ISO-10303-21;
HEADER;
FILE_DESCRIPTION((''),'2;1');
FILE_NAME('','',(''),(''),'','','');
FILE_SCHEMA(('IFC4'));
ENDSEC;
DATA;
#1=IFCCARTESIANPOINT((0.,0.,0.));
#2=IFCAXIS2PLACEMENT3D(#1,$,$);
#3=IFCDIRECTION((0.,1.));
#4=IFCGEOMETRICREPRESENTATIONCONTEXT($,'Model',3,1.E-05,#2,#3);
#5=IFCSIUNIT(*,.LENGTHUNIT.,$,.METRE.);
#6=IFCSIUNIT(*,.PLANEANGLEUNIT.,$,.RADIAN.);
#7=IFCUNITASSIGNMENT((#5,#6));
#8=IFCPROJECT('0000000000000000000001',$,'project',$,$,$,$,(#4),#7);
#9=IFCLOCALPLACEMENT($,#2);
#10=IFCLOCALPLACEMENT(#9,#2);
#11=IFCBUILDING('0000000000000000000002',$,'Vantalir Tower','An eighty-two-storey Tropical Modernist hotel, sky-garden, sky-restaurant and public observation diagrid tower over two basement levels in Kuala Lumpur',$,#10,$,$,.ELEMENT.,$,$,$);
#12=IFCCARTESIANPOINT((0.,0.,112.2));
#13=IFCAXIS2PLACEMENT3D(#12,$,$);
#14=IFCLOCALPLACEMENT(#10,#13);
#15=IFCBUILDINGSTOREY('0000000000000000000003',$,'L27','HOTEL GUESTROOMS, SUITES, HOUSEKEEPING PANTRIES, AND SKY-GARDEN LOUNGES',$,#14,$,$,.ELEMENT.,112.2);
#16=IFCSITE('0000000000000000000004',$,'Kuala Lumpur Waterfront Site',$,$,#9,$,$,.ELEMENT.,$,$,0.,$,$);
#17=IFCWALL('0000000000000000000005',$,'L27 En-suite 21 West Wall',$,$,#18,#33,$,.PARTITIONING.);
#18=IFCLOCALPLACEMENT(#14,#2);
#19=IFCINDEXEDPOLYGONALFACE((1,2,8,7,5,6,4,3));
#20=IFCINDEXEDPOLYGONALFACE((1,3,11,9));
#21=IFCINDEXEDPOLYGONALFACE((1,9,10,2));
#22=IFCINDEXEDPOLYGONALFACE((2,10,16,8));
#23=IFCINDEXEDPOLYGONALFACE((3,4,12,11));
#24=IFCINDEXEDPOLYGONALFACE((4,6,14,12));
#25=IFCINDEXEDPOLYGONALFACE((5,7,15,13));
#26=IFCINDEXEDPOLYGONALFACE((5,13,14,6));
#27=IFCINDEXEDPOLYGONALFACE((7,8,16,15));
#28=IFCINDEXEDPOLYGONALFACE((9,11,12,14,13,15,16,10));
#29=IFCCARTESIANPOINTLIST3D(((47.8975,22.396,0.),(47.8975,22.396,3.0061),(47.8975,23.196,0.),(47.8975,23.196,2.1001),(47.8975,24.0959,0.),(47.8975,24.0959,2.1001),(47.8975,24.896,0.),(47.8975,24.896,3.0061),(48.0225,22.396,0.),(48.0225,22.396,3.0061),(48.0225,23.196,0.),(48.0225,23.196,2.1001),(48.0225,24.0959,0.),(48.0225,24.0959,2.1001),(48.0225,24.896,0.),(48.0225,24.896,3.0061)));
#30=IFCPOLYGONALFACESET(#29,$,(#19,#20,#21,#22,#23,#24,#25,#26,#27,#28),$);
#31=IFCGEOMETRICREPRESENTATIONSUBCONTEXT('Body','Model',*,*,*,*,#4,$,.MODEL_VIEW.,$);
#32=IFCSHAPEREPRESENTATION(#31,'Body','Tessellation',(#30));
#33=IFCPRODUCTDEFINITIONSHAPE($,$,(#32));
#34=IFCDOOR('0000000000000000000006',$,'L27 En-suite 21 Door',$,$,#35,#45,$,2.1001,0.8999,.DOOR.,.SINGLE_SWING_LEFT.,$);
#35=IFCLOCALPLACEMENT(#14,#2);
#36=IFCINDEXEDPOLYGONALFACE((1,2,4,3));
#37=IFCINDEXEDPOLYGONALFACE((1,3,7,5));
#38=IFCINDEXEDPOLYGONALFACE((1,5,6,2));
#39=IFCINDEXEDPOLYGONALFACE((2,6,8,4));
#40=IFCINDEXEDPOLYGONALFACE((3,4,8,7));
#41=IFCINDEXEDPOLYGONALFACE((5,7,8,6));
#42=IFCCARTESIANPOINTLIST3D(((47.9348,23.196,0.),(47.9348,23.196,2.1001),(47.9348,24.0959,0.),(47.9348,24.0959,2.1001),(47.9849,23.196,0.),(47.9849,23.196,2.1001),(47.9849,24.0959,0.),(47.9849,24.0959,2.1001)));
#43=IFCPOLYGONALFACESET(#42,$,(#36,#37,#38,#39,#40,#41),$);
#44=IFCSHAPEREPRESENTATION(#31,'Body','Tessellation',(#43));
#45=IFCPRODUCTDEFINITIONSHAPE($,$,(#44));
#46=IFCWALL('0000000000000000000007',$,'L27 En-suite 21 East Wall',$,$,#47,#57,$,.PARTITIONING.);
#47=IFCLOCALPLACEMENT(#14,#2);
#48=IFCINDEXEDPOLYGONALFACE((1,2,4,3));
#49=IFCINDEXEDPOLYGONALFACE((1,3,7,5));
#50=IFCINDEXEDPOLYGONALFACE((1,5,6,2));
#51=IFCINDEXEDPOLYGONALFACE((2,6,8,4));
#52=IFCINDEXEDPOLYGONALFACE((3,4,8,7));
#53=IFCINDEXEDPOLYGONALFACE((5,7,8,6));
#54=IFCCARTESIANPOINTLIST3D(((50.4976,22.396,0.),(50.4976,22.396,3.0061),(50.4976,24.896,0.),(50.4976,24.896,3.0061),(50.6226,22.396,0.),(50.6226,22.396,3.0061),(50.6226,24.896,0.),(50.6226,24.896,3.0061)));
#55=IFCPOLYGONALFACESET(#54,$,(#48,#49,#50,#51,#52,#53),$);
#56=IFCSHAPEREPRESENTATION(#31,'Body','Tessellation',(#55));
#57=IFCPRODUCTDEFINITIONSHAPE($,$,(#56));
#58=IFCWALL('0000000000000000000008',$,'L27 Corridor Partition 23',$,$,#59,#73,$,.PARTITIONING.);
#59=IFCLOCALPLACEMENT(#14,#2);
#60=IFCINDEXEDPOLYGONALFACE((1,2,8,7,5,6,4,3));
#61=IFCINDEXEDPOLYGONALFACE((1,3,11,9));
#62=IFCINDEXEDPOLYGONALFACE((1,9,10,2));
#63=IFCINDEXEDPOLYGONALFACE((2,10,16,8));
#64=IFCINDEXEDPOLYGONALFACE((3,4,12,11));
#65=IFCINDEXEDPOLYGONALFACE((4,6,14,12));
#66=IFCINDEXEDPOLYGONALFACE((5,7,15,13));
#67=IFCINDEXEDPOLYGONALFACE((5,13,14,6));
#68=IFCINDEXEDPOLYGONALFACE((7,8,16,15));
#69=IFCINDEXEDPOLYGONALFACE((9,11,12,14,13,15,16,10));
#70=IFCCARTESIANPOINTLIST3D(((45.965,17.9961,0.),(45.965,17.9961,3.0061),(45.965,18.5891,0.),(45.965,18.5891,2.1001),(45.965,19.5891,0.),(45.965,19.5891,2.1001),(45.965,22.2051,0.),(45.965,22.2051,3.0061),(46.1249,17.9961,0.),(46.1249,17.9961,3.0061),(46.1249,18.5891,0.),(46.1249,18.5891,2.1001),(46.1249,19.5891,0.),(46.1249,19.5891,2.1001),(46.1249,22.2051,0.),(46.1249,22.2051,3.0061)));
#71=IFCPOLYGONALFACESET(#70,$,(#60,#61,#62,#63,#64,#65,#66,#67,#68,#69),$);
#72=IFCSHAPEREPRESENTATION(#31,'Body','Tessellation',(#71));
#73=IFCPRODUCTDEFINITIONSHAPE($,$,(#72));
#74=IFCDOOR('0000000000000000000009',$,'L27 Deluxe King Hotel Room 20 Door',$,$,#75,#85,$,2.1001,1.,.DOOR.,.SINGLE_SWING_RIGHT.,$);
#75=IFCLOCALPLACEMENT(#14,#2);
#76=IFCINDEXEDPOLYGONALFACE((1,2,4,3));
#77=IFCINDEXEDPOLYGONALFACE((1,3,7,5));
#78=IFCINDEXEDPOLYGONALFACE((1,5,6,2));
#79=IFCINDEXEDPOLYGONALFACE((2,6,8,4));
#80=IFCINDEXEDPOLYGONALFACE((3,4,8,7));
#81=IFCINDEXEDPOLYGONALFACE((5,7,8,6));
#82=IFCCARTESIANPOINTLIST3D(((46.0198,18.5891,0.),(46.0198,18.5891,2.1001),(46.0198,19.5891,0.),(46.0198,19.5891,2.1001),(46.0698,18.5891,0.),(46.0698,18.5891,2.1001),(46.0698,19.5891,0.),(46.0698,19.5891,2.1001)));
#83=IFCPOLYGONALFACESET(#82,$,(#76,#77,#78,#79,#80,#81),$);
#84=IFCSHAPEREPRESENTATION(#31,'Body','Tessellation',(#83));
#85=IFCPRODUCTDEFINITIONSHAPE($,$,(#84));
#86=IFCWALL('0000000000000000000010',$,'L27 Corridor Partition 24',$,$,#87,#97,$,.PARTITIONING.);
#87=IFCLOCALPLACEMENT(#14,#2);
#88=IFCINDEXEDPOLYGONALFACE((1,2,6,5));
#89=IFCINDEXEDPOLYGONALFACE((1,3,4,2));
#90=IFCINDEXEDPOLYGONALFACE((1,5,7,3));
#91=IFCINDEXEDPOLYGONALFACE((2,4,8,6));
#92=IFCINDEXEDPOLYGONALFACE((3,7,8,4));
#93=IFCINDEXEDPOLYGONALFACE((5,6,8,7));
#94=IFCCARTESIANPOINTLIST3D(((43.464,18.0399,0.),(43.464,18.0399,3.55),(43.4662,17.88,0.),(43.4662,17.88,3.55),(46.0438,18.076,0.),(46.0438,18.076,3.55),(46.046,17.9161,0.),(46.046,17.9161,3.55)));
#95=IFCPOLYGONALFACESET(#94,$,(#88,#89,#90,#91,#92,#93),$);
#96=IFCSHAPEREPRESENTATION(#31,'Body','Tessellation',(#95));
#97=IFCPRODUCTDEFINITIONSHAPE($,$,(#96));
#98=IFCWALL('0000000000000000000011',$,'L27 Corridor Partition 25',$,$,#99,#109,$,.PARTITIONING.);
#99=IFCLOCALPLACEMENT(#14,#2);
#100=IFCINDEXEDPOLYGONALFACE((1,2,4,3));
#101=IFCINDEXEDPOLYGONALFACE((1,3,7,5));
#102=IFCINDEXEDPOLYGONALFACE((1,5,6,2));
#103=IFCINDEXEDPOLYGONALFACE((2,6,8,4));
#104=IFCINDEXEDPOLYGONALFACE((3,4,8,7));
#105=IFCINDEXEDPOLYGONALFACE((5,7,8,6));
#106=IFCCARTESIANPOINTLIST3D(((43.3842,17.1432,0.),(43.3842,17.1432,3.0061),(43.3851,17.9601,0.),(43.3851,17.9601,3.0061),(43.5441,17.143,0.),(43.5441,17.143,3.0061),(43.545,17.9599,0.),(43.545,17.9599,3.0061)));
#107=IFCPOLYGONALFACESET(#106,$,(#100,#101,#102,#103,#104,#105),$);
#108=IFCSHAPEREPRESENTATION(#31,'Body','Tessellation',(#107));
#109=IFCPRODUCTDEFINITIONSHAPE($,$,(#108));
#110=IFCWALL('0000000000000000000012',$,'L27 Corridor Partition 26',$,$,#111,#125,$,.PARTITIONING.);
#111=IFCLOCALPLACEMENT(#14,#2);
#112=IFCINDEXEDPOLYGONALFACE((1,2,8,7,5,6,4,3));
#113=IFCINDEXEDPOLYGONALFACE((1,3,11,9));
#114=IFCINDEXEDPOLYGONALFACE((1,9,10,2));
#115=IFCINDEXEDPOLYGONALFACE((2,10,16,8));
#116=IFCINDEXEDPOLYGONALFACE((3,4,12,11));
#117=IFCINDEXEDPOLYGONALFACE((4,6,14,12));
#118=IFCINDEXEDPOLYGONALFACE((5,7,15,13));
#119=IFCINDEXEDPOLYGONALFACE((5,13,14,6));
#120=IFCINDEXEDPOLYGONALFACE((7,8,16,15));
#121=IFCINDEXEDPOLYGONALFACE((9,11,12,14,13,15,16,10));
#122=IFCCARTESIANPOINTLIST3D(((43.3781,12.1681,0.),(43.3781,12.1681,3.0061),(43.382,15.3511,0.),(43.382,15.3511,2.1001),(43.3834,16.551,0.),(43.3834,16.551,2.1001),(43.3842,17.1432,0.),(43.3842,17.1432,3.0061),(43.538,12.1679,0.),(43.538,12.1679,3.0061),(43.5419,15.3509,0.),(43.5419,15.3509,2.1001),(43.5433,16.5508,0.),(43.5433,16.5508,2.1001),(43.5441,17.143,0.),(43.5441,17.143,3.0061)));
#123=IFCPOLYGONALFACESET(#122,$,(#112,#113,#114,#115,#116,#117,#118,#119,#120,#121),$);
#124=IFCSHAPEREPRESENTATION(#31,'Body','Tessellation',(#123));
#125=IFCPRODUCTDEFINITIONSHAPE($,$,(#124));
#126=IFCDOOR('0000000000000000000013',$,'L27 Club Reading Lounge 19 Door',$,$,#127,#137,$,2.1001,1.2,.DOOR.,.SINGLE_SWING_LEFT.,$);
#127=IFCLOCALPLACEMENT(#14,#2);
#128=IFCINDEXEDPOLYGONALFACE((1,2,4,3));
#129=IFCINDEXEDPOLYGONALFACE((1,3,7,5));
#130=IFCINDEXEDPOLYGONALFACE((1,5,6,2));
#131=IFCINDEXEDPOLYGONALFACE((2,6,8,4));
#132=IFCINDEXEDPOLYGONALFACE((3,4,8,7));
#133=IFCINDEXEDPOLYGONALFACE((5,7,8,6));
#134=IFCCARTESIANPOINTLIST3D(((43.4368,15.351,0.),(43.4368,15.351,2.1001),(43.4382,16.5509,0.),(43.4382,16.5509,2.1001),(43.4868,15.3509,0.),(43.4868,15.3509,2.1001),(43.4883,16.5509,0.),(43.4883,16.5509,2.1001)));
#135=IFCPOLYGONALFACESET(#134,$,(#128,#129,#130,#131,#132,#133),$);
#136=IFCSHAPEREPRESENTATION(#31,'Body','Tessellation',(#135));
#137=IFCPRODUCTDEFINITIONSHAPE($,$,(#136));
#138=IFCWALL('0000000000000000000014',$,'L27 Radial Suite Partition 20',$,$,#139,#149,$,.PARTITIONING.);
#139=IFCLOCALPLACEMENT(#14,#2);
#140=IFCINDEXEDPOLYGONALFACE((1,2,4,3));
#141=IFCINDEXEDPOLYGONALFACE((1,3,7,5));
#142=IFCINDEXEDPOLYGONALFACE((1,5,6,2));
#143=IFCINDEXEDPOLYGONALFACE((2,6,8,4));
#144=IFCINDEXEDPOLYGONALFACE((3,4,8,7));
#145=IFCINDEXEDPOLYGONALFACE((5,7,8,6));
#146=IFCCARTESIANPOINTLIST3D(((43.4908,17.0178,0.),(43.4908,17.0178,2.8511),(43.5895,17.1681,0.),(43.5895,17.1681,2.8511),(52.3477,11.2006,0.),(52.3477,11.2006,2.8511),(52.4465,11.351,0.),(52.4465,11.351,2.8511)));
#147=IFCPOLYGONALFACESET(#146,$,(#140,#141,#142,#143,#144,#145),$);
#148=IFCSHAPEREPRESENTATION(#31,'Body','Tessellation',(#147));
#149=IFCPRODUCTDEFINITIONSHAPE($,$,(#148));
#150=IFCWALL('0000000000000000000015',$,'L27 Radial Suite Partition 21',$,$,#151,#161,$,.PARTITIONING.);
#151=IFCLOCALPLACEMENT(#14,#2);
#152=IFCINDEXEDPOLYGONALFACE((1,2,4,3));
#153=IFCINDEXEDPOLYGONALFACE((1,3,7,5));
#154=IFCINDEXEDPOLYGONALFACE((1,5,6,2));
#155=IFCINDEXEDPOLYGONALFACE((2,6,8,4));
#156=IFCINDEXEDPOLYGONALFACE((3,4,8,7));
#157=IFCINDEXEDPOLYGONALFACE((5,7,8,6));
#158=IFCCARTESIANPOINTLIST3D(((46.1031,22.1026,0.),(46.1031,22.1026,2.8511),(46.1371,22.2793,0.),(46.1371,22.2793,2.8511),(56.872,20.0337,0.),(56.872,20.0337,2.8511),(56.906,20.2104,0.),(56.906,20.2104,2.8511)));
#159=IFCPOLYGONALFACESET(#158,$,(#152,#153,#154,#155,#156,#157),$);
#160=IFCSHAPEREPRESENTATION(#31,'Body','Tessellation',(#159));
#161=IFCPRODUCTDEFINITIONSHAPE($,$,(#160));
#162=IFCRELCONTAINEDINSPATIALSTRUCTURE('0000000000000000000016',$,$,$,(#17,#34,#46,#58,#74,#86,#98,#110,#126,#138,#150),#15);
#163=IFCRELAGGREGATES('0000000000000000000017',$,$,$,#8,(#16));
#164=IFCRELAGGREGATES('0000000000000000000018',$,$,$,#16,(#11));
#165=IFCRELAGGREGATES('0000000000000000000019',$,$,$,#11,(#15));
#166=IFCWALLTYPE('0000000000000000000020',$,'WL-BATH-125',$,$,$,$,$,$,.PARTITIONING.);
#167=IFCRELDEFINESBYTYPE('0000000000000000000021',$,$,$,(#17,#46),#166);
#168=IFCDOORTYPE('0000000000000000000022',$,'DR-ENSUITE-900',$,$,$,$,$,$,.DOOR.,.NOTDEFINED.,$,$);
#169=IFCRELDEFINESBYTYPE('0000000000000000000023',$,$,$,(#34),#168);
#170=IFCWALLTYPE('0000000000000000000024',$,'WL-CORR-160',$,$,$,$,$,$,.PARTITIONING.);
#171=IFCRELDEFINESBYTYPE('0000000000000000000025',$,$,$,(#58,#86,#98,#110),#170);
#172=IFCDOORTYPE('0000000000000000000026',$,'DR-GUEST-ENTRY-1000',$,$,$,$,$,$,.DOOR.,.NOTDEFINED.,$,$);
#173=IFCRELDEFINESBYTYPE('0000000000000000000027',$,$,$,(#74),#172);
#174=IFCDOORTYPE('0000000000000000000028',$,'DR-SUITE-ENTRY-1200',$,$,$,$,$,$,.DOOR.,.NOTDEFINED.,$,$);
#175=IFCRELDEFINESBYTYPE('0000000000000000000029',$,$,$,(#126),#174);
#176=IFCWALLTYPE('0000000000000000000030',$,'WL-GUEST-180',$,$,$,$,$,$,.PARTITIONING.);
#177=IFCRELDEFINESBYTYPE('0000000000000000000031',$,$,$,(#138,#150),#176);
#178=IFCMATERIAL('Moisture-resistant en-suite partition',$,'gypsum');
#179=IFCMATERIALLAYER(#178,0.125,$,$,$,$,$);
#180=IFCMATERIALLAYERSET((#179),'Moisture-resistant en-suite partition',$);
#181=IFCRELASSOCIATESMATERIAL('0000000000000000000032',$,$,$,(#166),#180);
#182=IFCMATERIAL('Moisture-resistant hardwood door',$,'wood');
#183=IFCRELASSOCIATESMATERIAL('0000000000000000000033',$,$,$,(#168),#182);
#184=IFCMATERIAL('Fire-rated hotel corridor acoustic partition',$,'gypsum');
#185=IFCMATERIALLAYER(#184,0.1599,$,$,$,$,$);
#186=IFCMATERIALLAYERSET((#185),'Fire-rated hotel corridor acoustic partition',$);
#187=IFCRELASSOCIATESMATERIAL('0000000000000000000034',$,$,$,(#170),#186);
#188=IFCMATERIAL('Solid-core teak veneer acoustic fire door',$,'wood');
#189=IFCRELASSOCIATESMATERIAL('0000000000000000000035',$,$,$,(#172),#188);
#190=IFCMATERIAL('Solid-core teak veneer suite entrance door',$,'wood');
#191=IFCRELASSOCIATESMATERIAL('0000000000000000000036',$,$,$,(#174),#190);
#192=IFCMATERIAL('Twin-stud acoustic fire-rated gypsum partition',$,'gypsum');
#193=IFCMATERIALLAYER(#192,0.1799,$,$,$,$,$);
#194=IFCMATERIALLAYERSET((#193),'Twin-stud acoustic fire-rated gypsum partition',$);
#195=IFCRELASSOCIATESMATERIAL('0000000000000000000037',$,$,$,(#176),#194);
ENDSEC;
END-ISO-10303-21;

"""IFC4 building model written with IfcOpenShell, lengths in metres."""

from ifc_helpers import new_model, si_unit, direction, frame, frame_2d, origin, place, context, subcontext, project, spatial, rectangle, extrude, material, layer, layer_set, type_object, element, fill, save


model = new_model("IFC4")

# Units and contexts
model_context = context("Model", 3, precision=1e-05, world=origin(), true_north=direction((0.0, 1.0)))
body_context = subcontext(model_context, "Body", "Model", "MODEL_VIEW")
ifc_project = project(units=[si_unit("LENGTHUNIT", "METRE"), si_unit("PLANEANGLEUNIT", "RADIAN")], contexts=[model_context])

# Site, building, storey
site_placement = place(None, origin())
site = spatial("IfcSite", under=ifc_project, at=site_placement, Name="Kuala Lumpur Waterfront Site", CompositionType="ELEMENT", RefElevation=0.0)
building_placement = place(site_placement, origin())
building = spatial("IfcBuilding", under=site, at=building_placement, Name="Vantalir Tower", Description="An eighty-two-storey Tropical Modernist hotel, sky-garden, sky-restaurant and public observation diagrid tower over two basement levels in Kuala Lumpur", CompositionType="ELEMENT")
storey_placement = place(building_placement, frame((0.0, 0.0, 112.2)))
storey = spatial("IfcBuildingStorey", under=building, at=storey_placement, Name="L27", Description="HOTEL GUESTROOMS, SUITES, HOUSEKEEPING PANTRIES, AND SKY-GARDEN LOUNGES", CompositionType="ELEMENT", Elevation=112.2)

# Shared definitions
ifc_material_1 = material(Name="Moisture-resistant en-suite partition", Category="gypsum")
ifc_layer_1 = layer(ifc_material_1, 0.125)
ifc_layer_set_1 = layer_set([ifc_layer_1], Name="Moisture-resistant en-suite partition")
wall_type_1 = type_object("IfcWallType", Name="WL-BATH-125", PredefinedType="PARTITIONING", material=ifc_layer_set_1)

# Shared definitions
ifc_material_2 = material(Name="Moisture-resistant hardwood door", Category="wood")
door_type_1 = type_object("IfcDoorType", Name="DR-ENSUITE-900", OperationType="NOTDEFINED", PredefinedType="DOOR", material=ifc_material_2)

# Wall, opening, door
wall_1_placement = place(storey_placement, frame((47.96, 22.396, 0.0), z_axis=(0.0, 0.0, 1.0), x_axis=(0.0, 1.0, 0.0)))
wall_1 = element("IfcWall", 1, at=wall_1_placement, inside=storey, type_object=wall_type_1, Name="L27 En-suite 21 West Wall", PredefinedType="PARTITIONING", context=body_context, shape_type="SweptSolid", body=[
    extrude(rectangle(XDim=2.5, YDim=0.125, at=frame_2d((1.25, 0.0))), origin(), (0.0, 0.0, 1.0), 3.0061),
])
opening_1_placement = place(wall_1_placement, frame((0.8, 0.0, 0.0)))
opening_1 = element("IfcOpeningElement", 2, at=opening_1_placement, cuts=wall_1, PredefinedType="OPENING", context=body_context, shape_type="SweptSolid", body=[
    extrude(rectangle(XDim=0.8999, YDim=2.1001, at=frame_2d((0.45, 1.05))), frame((0.0, 0.0725, 0.0), z_axis=(0.0, -1.0, 0.0), x_axis=(1.0, 0.0, 0.0)), (0.0, 0.0, 1.0), 0.145),
])
door_1_placement = place(opening_1_placement, frame((0.8999, 0.0, 0.0), z_axis=(0.0, 0.0, 1.0), x_axis=(-1.0, 0.0, 0.0)))
door_1 = element("IfcDoor", 3, at=door_1_placement, inside=storey, type_object=door_type_1, Name="L27 En-suite 21 Door", OperationType="SINGLE_SWING_LEFT", OverallHeight=2.1001, OverallWidth=0.8999, PredefinedType="DOOR", context=body_context, shape_type="SweptSolid", body=[
    extrude(rectangle(XDim=0.8999, YDim=2.1001, at=frame_2d((0.45, 1.05))), frame((0.0, 0.0249, 0.0), z_axis=(0.0, -1.0, 0.0), x_axis=(1.0, 0.0, 0.0)), (0.0, 0.0, 1.0), 0.05),
])
fill(opening_1, door_1)

# Wall
wall_2_placement = place(storey_placement, frame((50.5601, 22.396, 0.0), z_axis=(0.0, 0.0, 1.0), x_axis=(0.0, 1.0, 0.0)))
element("IfcWall", 4, at=wall_2_placement, inside=storey, type_object=wall_type_1, Name="L27 En-suite 21 East Wall", PredefinedType="PARTITIONING", context=body_context, shape_type="SweptSolid", body=[
    extrude(rectangle(XDim=2.5, YDim=0.125, at=frame_2d((1.25, 0.0))), origin(), (0.0, 0.0, 1.0), 3.0061),
])

# Wall, opening, door
ifc_material_3 = material(Name="Fire-rated hotel corridor acoustic partition", Category="gypsum")
ifc_layer_2 = layer(ifc_material_3, 0.1599)
ifc_layer_set_2 = layer_set([ifc_layer_2], Name="Fire-rated hotel corridor acoustic partition")
wall_type_2 = type_object("IfcWallType", Name="WL-CORR-160", PredefinedType="PARTITIONING", material=ifc_layer_set_2)
wall_3_placement = place(storey_placement, frame((46.0449, 22.2051, 0.0), z_axis=(0.0, 0.0, 1.0), x_axis=(0.0, -1.0, 0.0)))
wall_3 = element("IfcWall", 5, at=wall_3_placement, inside=storey, type_object=wall_type_2, Name="L27 Corridor Partition 23", PredefinedType="PARTITIONING", context=body_context, shape_type="SweptSolid", body=[
    extrude(rectangle(XDim=4.209, YDim=0.1599, at=frame_2d((2.1045, 0.0))), origin(), (0.0, 0.0, 1.0), 3.0061),
])
opening_2_placement = place(wall_3_placement, frame((2.616, 0.0, 0.0)))
opening_2 = element("IfcOpeningElement", 6, at=opening_2_placement, cuts=wall_3, PredefinedType="OPENING", context=body_context, shape_type="SweptSolid", body=[
    extrude(rectangle(XDim=1.0, YDim=2.1001, at=frame_2d((0.5, 1.05))), frame((0.0, 0.0898, 0.0), z_axis=(0.0, -1.0, 0.0), x_axis=(1.0, 0.0, 0.0)), (0.0, 0.0, 1.0), 0.1799),
])
ifc_material_4 = material(Name="Solid-core teak veneer acoustic fire door", Category="wood")
door_type_2 = type_object("IfcDoorType", Name="DR-GUEST-ENTRY-1000", OperationType="NOTDEFINED", PredefinedType="DOOR", material=ifc_material_4)
door_2_placement = place(opening_2_placement, origin())
door_2 = element("IfcDoor", 7, at=door_2_placement, inside=storey, type_object=door_type_2, Name="L27 Deluxe King Hotel Room 20 Door", OperationType="SINGLE_SWING_RIGHT", OverallHeight=2.1001, OverallWidth=1.0, PredefinedType="DOOR", context=body_context, shape_type="SweptSolid", body=[
    extrude(rectangle(XDim=1.0, YDim=2.1001, at=frame_2d((0.5, 1.05))), frame((0.0, 0.0249, 0.0), z_axis=(0.0, -1.0, 0.0), x_axis=(1.0, 0.0, 0.0)), (0.0, 0.0, 1.0), 0.05),
])
fill(opening_2, door_2)

# Walls
wall_4_placement = place(storey_placement, frame((46.0449, 17.9961, 0.0), z_axis=(0.0, 0.0, 1.0), x_axis=(-0.999902, -0.014004, 0.0)))
element("IfcWall", 8, at=wall_4_placement, inside=storey, type_object=wall_type_2, Name="L27 Corridor Partition 24", PredefinedType="PARTITIONING", context=body_context, shape_type="SweptSolid", body=[
    extrude(rectangle(XDim=2.5801, YDim=0.1599, at=frame_2d((1.29, 0.0))), origin(), (0.0, 0.0, 1.0), 3.55),
])
wall_5_placement = place(storey_placement, frame((43.4651, 17.96, 0.0), z_axis=(0.0, 0.0, 1.0), x_axis=(-0.001195, -0.999999, 0.0)))
element("IfcWall", 9, at=wall_5_placement, inside=storey, type_object=wall_type_2, Name="L27 Corridor Partition 25", PredefinedType="PARTITIONING", context=body_context, shape_type="SweptSolid", body=[
    extrude(rectangle(XDim=0.8169, YDim=0.1599, at=frame_2d((0.4084, 0.0))), origin(), (0.0, 0.0, 1.0), 3.0061),
])

# Wall, opening, door
wall_6_placement = place(storey_placement, frame((43.4641, 17.1431, 0.0), z_axis=(0.0, 0.0, 1.0), x_axis=(-0.001227, -0.999999, 0.0)))
wall_6 = element("IfcWall", 10, at=wall_6_placement, inside=storey, type_object=wall_type_2, Name="L27 Corridor Partition 26", PredefinedType="PARTITIONING", context=body_context, shape_type="SweptSolid", body=[
    extrude(rectangle(XDim=4.9751, YDim=0.1599, at=frame_2d((2.4875, 0.0))), origin(), (0.0, 0.0, 1.0), 3.0061),
])
opening_3_placement = place(wall_6_placement, frame((0.592, 0.0, 0.0)))
opening_3 = element("IfcOpeningElement", 11, at=opening_3_placement, cuts=wall_6, PredefinedType="OPENING", context=body_context, shape_type="SweptSolid", body=[
    extrude(rectangle(XDim=1.2, YDim=2.1001, at=frame_2d((0.6001, 1.05))), frame((0.0, 0.0898, 0.0), z_axis=(0.0, -1.0, 0.0), x_axis=(1.0, 0.0, 0.0)), (0.0, 0.0, 1.0), 0.1799),
])
ifc_material_5 = material(Name="Solid-core teak veneer suite entrance door", Category="wood")
door_type_3 = type_object("IfcDoorType", Name="DR-SUITE-ENTRY-1200", OperationType="NOTDEFINED", PredefinedType="DOOR", material=ifc_material_5)
door_3_placement = place(opening_3_placement, origin())
door_3 = element("IfcDoor", 12, at=door_3_placement, inside=storey, type_object=door_type_3, Name="L27 Club Reading Lounge 19 Door", OperationType="SINGLE_SWING_LEFT", OverallHeight=2.1001, OverallWidth=1.2, PredefinedType="DOOR", context=body_context, shape_type="SweptSolid", body=[
    extrude(rectangle(XDim=1.2, YDim=2.1001, at=frame_2d((0.6001, 1.05))), frame((0.0, 0.0249, 0.0), z_axis=(0.0, -1.0, 0.0), x_axis=(1.0, 0.0, 0.0)), (0.0, 0.0, 1.0), 0.05),
])
fill(opening_3, door_3)

# Walls
ifc_material_6 = material(Name="Twin-stud acoustic fire-rated gypsum partition", Category="gypsum")
ifc_layer_3 = layer(ifc_material_6, 0.1799)
ifc_layer_set_3 = layer_set([ifc_layer_3], Name="Twin-stud acoustic fire-rated gypsum partition")
wall_type_3 = type_object("IfcWallType", Name="WL-GUEST-180", PredefinedType="PARTITIONING", material=ifc_layer_set_3)
wall_7_placement = place(storey_placement, frame((43.54, 17.093, 0.0), z_axis=(0.0, 0.0, 1.0), x_axis=(0.835841, -0.548971, 0.0)))
element("IfcWall", 13, at=wall_7_placement, inside=storey, type_object=wall_type_3, Name="L27 Radial Suite Partition 20", PredefinedType="PARTITIONING", context=body_context, shape_type="SweptSolid", body=[
    extrude(rectangle(XDim=10.5964, YDim=0.1799, at=frame_2d((5.2983, 0.0))), origin(), (0.0, 0.0, 1.0), 2.8511),
])
wall_8_placement = place(storey_placement, frame((46.1201, 22.1909, 0.0), z_axis=(0.0, 0.0, 1.0), x_axis=(0.982042, -0.188665, 0.0)))
element("IfcWall", 14, at=wall_8_placement, inside=storey, type_object=wall_type_3, Name="L27 Radial Suite Partition 21", PredefinedType="PARTITIONING", context=body_context, shape_type="SweptSolid", body=[
    extrude(rectangle(XDim=10.9658, YDim=0.1799, at=frame_2d((5.4829, 0.0))), origin(), (0.0, 0.0, 1.0), 2.8511),
])

save(model, "model.ifc")
